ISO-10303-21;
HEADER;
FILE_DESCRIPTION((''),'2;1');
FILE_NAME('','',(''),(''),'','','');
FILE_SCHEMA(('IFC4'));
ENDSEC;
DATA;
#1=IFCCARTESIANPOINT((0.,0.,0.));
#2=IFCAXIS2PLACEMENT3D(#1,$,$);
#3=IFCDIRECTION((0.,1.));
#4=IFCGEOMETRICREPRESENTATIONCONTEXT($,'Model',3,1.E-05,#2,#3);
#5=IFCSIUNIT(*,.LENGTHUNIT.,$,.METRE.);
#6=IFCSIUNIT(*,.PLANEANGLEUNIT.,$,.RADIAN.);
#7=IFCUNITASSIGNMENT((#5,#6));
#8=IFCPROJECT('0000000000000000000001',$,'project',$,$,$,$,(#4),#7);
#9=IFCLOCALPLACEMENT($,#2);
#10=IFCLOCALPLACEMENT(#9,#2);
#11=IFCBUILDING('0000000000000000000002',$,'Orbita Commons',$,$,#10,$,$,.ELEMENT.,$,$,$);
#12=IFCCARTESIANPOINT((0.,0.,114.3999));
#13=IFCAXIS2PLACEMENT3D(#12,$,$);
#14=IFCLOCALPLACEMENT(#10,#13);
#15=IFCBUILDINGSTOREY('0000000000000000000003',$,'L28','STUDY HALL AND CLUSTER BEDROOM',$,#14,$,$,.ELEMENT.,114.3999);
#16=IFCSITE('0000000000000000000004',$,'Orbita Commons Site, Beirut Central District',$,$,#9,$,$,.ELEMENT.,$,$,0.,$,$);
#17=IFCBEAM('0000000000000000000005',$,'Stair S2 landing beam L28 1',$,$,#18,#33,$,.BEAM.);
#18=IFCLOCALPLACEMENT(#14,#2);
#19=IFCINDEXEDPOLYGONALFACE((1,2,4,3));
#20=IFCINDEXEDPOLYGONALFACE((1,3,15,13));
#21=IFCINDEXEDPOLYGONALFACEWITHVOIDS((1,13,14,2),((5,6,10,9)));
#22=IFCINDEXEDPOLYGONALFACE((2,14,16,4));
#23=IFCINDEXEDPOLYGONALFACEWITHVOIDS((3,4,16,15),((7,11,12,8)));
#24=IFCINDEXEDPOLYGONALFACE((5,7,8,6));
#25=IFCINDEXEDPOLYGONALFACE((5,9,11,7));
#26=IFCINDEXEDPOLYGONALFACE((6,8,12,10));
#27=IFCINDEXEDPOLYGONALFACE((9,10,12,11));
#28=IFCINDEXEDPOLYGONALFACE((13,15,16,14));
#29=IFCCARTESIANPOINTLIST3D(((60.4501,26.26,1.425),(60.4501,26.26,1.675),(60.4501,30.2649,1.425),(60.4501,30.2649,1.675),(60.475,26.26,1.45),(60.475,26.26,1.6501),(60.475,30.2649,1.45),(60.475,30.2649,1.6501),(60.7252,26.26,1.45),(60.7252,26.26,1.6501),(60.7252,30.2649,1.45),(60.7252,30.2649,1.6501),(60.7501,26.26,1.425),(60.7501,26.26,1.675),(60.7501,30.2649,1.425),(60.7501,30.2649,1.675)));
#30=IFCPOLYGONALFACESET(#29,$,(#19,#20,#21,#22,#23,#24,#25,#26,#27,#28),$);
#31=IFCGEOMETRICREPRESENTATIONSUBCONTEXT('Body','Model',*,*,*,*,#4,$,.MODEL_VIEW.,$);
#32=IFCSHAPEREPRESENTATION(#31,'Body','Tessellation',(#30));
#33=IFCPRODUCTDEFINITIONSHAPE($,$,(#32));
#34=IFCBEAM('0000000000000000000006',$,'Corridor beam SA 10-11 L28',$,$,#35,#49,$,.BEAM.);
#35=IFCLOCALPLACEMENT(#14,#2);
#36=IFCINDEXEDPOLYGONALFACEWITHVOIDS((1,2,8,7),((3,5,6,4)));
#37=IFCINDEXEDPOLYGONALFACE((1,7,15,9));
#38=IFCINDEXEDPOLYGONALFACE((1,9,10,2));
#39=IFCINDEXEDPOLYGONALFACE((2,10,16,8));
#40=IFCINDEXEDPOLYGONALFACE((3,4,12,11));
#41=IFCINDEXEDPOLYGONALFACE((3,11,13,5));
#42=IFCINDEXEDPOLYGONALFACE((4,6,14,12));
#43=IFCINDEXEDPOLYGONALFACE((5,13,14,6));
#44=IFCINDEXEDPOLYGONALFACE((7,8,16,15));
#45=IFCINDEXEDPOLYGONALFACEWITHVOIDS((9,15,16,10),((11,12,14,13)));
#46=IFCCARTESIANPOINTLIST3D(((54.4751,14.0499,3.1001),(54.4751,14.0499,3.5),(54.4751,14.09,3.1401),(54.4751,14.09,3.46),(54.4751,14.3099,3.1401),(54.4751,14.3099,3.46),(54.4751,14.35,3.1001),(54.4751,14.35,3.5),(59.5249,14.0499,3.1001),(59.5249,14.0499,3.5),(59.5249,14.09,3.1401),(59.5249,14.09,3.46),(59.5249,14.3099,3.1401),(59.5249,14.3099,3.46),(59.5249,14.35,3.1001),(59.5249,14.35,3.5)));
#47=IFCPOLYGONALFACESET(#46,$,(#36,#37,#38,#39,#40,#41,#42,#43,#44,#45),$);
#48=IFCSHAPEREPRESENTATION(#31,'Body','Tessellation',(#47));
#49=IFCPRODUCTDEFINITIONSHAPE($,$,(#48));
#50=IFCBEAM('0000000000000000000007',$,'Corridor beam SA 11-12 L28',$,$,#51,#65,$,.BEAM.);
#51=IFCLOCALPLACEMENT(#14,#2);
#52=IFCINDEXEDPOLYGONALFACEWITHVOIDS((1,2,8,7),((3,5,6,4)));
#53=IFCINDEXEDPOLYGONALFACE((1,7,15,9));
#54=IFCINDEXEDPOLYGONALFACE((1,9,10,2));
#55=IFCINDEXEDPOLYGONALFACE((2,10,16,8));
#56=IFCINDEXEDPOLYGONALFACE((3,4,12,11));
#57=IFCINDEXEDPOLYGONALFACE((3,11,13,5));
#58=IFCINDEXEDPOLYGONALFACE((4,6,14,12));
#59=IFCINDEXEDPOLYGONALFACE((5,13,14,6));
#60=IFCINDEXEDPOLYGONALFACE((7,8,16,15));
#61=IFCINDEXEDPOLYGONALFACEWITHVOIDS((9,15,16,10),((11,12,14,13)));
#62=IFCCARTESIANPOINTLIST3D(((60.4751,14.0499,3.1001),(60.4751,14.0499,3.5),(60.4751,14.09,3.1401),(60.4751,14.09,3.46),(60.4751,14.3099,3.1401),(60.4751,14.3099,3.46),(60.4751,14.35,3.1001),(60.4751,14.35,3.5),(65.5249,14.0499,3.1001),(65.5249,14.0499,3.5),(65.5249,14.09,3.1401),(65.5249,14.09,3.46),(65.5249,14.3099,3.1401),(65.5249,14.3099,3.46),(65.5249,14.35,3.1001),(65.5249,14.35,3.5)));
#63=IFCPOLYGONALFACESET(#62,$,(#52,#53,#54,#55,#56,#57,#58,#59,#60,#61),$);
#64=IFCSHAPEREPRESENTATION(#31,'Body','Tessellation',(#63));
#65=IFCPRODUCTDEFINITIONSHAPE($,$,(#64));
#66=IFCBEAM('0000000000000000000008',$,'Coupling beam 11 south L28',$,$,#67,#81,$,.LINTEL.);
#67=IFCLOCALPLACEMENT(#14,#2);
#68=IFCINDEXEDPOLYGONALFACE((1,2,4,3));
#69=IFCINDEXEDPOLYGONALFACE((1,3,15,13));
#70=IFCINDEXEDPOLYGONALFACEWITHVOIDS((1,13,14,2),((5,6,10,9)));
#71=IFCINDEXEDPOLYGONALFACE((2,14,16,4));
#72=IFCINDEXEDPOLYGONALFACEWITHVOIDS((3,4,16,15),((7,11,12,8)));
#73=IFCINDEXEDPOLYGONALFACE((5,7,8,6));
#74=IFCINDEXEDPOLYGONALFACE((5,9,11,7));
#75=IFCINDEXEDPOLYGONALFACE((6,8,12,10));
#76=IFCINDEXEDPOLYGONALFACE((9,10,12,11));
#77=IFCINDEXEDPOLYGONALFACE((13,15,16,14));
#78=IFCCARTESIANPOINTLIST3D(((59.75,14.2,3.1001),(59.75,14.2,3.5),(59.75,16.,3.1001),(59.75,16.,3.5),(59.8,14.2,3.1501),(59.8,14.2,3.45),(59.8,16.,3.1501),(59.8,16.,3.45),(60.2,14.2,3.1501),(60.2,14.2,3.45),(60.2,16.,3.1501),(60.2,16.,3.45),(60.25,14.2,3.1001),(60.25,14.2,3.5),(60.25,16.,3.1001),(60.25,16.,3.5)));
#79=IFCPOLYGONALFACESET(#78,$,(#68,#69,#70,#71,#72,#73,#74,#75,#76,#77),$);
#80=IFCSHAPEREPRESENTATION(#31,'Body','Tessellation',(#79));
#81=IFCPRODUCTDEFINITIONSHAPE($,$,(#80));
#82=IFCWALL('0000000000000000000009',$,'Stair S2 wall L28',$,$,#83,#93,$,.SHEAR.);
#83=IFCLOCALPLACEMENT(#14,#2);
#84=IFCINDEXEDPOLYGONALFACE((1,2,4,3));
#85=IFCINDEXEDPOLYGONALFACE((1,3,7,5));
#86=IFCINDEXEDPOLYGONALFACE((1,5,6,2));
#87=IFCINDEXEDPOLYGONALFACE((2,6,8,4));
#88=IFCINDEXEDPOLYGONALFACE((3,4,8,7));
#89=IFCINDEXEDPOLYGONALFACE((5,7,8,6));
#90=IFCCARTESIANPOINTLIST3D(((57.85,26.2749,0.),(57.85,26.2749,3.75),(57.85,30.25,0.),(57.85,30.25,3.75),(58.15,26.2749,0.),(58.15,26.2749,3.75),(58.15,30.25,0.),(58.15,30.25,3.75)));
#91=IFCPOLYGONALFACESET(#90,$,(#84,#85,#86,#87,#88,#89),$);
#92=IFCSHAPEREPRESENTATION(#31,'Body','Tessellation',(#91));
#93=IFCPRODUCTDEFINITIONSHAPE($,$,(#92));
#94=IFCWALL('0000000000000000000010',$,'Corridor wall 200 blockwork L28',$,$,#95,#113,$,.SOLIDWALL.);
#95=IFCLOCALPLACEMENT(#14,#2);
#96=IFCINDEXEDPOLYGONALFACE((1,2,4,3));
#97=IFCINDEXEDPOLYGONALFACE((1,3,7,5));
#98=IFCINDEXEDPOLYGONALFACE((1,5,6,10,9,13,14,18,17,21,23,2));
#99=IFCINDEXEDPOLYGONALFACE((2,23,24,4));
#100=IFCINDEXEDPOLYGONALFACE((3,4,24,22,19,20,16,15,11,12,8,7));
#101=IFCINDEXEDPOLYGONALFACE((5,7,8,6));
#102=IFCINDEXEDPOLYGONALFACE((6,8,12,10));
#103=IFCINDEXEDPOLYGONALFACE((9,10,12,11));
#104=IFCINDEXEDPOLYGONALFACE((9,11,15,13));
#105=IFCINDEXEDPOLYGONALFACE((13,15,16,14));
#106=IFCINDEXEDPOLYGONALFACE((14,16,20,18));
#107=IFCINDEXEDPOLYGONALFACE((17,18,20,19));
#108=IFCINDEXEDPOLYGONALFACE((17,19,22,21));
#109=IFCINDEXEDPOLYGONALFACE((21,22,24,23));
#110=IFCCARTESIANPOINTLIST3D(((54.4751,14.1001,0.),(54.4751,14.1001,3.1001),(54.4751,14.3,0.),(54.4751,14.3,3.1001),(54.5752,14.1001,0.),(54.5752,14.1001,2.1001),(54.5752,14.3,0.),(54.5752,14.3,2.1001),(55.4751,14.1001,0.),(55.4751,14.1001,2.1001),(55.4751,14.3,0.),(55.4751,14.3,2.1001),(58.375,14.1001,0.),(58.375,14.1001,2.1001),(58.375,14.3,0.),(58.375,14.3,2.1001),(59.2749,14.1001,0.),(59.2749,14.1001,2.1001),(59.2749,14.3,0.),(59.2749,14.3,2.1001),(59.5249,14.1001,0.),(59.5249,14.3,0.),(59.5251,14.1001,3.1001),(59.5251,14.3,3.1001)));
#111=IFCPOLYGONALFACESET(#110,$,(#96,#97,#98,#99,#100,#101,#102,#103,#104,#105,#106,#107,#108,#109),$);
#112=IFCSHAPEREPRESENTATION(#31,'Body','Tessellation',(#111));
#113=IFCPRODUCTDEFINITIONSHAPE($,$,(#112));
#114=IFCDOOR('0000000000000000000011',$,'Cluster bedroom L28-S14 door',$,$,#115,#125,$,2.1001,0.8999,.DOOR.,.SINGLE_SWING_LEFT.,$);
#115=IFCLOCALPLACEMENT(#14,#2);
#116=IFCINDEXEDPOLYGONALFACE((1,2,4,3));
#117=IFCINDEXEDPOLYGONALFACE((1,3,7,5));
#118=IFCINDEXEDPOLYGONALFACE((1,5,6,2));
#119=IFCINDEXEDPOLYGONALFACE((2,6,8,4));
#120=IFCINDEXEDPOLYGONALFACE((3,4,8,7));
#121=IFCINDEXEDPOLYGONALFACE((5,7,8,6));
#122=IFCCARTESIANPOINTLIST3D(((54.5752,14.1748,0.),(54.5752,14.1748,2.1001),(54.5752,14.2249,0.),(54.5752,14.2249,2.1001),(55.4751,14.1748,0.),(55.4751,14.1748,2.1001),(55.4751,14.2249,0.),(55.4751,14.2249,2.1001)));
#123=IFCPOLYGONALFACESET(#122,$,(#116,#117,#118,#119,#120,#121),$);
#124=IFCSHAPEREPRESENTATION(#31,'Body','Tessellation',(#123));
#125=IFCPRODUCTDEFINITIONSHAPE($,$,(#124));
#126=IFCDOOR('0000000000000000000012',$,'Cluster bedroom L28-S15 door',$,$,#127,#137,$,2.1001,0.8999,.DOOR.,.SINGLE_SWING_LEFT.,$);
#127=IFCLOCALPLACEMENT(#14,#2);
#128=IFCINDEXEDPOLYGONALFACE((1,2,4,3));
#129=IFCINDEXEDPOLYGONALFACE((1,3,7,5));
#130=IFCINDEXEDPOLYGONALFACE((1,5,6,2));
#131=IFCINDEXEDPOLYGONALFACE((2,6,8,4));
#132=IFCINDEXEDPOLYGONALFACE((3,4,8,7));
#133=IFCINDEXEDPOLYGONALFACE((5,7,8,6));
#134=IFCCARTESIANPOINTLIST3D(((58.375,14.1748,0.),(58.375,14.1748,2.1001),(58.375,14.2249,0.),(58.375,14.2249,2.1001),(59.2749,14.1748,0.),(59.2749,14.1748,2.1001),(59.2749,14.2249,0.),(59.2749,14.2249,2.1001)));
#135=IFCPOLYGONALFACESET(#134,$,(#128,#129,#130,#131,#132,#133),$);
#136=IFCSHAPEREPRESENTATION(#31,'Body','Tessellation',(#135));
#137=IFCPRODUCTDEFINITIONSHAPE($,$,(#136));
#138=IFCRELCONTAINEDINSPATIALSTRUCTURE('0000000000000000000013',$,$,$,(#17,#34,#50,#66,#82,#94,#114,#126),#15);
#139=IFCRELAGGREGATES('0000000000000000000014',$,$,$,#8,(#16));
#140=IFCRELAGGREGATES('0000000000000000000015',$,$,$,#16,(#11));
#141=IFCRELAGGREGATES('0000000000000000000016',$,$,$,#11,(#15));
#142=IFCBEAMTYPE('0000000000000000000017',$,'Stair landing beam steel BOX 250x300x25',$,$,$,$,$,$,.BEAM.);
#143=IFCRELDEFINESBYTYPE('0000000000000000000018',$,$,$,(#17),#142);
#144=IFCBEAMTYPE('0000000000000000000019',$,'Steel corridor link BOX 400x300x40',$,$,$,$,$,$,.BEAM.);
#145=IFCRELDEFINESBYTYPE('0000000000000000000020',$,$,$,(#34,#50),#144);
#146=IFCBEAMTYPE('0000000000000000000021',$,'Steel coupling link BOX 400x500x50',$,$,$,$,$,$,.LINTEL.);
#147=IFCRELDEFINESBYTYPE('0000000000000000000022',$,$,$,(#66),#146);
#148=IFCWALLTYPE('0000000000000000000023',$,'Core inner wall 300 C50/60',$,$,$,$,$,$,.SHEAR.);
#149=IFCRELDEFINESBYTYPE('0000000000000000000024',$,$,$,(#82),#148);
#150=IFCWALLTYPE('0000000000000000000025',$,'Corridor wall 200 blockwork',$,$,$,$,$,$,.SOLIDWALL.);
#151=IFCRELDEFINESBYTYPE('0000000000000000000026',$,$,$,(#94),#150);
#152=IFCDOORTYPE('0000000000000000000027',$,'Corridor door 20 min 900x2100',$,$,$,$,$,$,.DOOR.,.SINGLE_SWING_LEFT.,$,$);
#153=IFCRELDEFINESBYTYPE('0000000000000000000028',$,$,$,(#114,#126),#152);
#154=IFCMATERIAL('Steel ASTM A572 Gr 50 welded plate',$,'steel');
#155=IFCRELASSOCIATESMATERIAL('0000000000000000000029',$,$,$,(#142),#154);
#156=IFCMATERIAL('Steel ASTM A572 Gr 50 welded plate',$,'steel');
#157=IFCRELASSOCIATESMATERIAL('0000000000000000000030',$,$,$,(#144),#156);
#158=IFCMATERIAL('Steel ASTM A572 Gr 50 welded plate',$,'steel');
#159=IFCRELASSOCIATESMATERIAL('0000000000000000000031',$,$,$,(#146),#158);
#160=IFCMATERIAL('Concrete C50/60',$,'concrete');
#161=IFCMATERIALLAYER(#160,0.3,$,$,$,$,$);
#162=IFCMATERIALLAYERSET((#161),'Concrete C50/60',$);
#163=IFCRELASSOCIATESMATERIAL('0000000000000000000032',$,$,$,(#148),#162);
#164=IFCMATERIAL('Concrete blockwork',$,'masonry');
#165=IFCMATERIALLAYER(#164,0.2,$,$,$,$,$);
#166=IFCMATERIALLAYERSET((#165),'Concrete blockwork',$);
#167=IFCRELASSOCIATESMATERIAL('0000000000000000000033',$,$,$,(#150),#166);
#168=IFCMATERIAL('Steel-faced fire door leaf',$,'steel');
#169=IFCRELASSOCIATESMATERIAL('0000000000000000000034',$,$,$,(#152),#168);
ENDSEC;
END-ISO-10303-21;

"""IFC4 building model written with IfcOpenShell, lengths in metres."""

from ifc_helpers import new_model, si_unit, direction, frame, frame_2d, origin, origin_2d, place, context, subcontext, project, spatial, polyline, rectangle, hollow_rectangle, outline, extrude, material, layer, layer_set, material_profile, profile_set, type_object, element, fill, save


model = new_model("IFC4")

# Units and contexts
model_context = context("Model", 3, precision=1e-05, world=origin(), true_north=direction((0.0, 1.0)))
body_context = subcontext(model_context, "Body", "Model", "MODEL_VIEW")
ifc_project = project(units=[si_unit("LENGTHUNIT", "METRE"), si_unit("PLANEANGLEUNIT", "RADIAN")], contexts=[model_context])

# Site, building, storey
site_placement = place(None, origin())
site = spatial("IfcSite", under=ifc_project, at=site_placement, Name="Orbita Commons Site, Beirut Central District", CompositionType="ELEMENT", RefElevation=0.0)
building_placement = place(site_placement, origin())
building = spatial("IfcBuilding", under=site, at=building_placement, Name="Orbita Commons", CompositionType="ELEMENT")
storey_placement = place(building_placement, frame((0.0, 0.0, 114.3999)))
storey = spatial("IfcBuildingStorey", under=building, at=storey_placement, Name="L28", Description="STUDY HALL AND CLUSTER BEDROOM", CompositionType="ELEMENT", Elevation=114.3999)

# Beams
ifc_material_1 = material(Name="Steel ASTM A572 Gr 50 welded plate", Category="steel")
ifc_material_profile_1 = material_profile(ifc_material_1, hollow_rectangle(XDim=0.3, YDim=0.25, WallThickness=0.0249, at=origin_2d()), Name="BOX 250x300x25")
ifc_profile_set_1 = profile_set([ifc_material_profile_1], Name="Steel ASTM A572 Gr 50 welded plate")
beam_type_1 = type_object("IfcBeamType", Name="Stair landing beam steel BOX 250x300x25", PredefinedType="BEAM", material=ifc_profile_set_1)
beam_1_placement = place(storey_placement, frame((60.6001, 26.26, 1.55), z_axis=(0.0, 1.0, 0.0), x_axis=(-1.0, 0.0, 0.0)))
element("IfcBeam", 1, at=beam_1_placement, inside=storey, type_object=beam_type_1, Name="Stair S2 landing beam L28 1", PredefinedType="BEAM", context=body_context, shape_type="SweptSolid", body=[
    extrude(hollow_rectangle(XDim=0.3, YDim=0.25, WallThickness=0.0249, at=origin_2d()), origin(), (0.0, 0.0, 1.0), 4.0049),
])
ifc_material_2 = material(Name="Steel ASTM A572 Gr 50 welded plate", Category="steel")
ifc_material_profile_2 = material_profile(ifc_material_2, hollow_rectangle(XDim=0.3, YDim=0.3999, WallThickness=0.04, at=origin_2d()), Name="BOX 400x300x40")
ifc_profile_set_2 = profile_set([ifc_material_profile_2], Name="Steel ASTM A572 Gr 50 welded plate")
beam_type_2 = type_object("IfcBeamType", Name="Steel corridor link BOX 400x300x40", PredefinedType="BEAM", material=ifc_profile_set_2)
for number, where, z_axis, x_axis, name in (
    (2, (54.4751, 14.2, 3.3), (1.0, 0.0, 0.0), (0.0, 1.0, 0.0), "Corridor beam SA 10-11 L28"),
    (3, (60.4751, 14.2, 3.3), (1.0, 0.0, 0.0), (0.0, 1.0, 0.0), "Corridor beam SA 11-12 L28"),
):
    element("IfcBeam", number, at=place(storey_placement, frame(where, z_axis=z_axis, x_axis=x_axis)), inside=storey, type_object=beam_type_2, Name=name, PredefinedType="BEAM", context=body_context, shape_type="SweptSolid", body=[
        extrude(hollow_rectangle(XDim=0.3, YDim=0.3999, WallThickness=0.04, at=origin_2d()), origin(), (0.0, 0.0, 1.0), 5.0498),
    ])
ifc_material_3 = material(Name="Steel ASTM A572 Gr 50 welded plate", Category="steel")
ifc_material_profile_3 = material_profile(ifc_material_3, hollow_rectangle(XDim=0.5, YDim=0.3999, WallThickness=0.05, at=origin_2d()), Name="BOX 400x500x50")
ifc_profile_set_3 = profile_set([ifc_material_profile_3], Name="Steel ASTM A572 Gr 50 welded plate")
beam_type_3 = type_object("IfcBeamType", Name="Steel coupling link BOX 400x500x50", PredefinedType="LINTEL", material=ifc_profile_set_3)
beam_2_placement = place(storey_placement, frame((60.0, 14.2, 3.3), z_axis=(0.0, 1.0, 0.0), x_axis=(-1.0, 0.0, 0.0)))
element("IfcBeam", 4, at=beam_2_placement, inside=storey, type_object=beam_type_3, Name="Coupling beam 11 south L28", PredefinedType="LINTEL", context=body_context, shape_type="SweptSolid", body=[
    extrude(hollow_rectangle(XDim=0.5, YDim=0.3999, WallThickness=0.05, at=origin_2d()), origin(), (0.0, 0.0, 1.0), 1.8),
])

# Wall
ifc_material_4 = material(Name="Concrete C50/60", Category="concrete")
ifc_layer_1 = layer(ifc_material_4, 0.3)
ifc_layer_set_1 = layer_set([ifc_layer_1], Name="Concrete C50/60")
wall_type_1 = type_object("IfcWallType", Name="Core inner wall 300 C50/60", PredefinedType="SHEAR", material=ifc_layer_set_1)
wall_1_placement = place(storey_placement, frame((58.0, 26.2749, 0.0), z_axis=(0.0, 0.0, 1.0), x_axis=(0.0, 1.0, 0.0)))
element("IfcWall", 5, at=wall_1_placement, inside=storey, type_object=wall_type_1, Name="Stair S2 wall L28", PredefinedType="SHEAR", context=body_context, shape_type="SweptSolid", body=[
    extrude(rectangle(XDim=3.9751, YDim=0.3, at=frame_2d((1.9875, 0.0))), origin(), (0.0, 0.0, 1.0), 3.75),
])

# Wall, openings, doors
ifc_material_5 = material(Name="Concrete blockwork", Category="masonry")
ifc_layer_2 = layer(ifc_material_5, 0.2)
ifc_layer_set_2 = layer_set([ifc_layer_2], Name="Concrete blockwork")
wall_type_2 = type_object("IfcWallType", Name="Corridor wall 200 blockwork", PredefinedType="SOLIDWALL", material=ifc_layer_set_2)
wall_2_placement = place(storey_placement, frame((54.4751, 14.2, 0.0), z_axis=(0.0, 0.0, 1.0), x_axis=(1.0, 0.0, 0.0)))
wall_2 = element("IfcWall", 6, at=wall_2_placement, inside=storey, type_object=wall_type_2, Name="Corridor wall 200 blockwork L28", PredefinedType="SOLIDWALL", context=body_context, shape_type="SweptSolid", body=[
    extrude(outline(polyline([(0.0, 0.0), (5.0498, 0.0), (5.05, 3.1001), (0.0, 3.1001), (0.0, 0.0)])), frame((0.0, 0.1001, 0.0), z_axis=(0.0, -1.0, 0.0), x_axis=(1.0, 0.0, 0.0)), (0.0, 0.0, 1.0), 0.2),
])
opening_1_placement = place(wall_2_placement, frame((0.1001, 0.0, 0.0)))
opening_1 = element("IfcOpeningElement", 7, at=opening_1_placement, cuts=wall_2, PredefinedType="OPENING", context=body_context, shape_type="SweptSolid", body=[
    extrude(rectangle(XDim=0.8999, YDim=2.1001, at=frame_2d((0.45, 1.05))), frame((0.0, 0.1099, 0.0), z_axis=(0.0, -1.0, 0.0), x_axis=(1.0, 0.0, 0.0)), (0.0, 0.0, 1.0), 0.22),
])
opening_2_placement = place(wall_2_placement, frame((3.8999, 0.0, 0.0)))
opening_2 = element("IfcOpeningElement", 8, at=opening_2_placement, cuts=wall_2, PredefinedType="OPENING", context=body_context, shape_type="SweptSolid", body=[
    extrude(rectangle(XDim=0.8999, YDim=2.1001, at=frame_2d((0.45, 1.05))), frame((0.0, 0.1099, 0.0), z_axis=(0.0, -1.0, 0.0), x_axis=(1.0, 0.0, 0.0)), (0.0, 0.0, 1.0), 0.22),
])
ifc_material_6 = material(Name="Steel-faced fire door leaf", Category="steel")
door_type_1 = type_object("IfcDoorType", Name="Corridor door 20 min 900x2100", OperationType="SINGLE_SWING_LEFT", PredefinedType="DOOR", material=ifc_material_6)
door_1_placement = place(opening_1_placement, origin())
door_1 = element("IfcDoor", 9, at=door_1_placement, inside=storey, type_object=door_type_1, Name="Cluster bedroom L28-S14 door", OperationType="SINGLE_SWING_LEFT", OverallHeight=2.1001, OverallWidth=0.8999, PredefinedType="DOOR", context=body_context, shape_type="SweptSolid", body=[
    extrude(rectangle(XDim=0.8999, YDim=2.1001, at=frame_2d((0.45, 1.05))), frame((0.0, 0.0249, 0.0), z_axis=(0.0, -1.0, 0.0), x_axis=(1.0, 0.0, 0.0)), (0.0, 0.0, 1.0), 0.05),
])
fill(opening_1, door_1)
door_2_placement = place(opening_2_placement, origin())
door_2 = element("IfcDoor", 10, at=door_2_placement, inside=storey, type_object=door_type_1, Name="Cluster bedroom L28-S15 door", OperationType="SINGLE_SWING_LEFT", OverallHeight=2.1001, OverallWidth=0.8999, PredefinedType="DOOR", context=body_context, shape_type="SweptSolid", body=[
    extrude(rectangle(XDim=0.8999, YDim=2.1001, at=frame_2d((0.45, 1.05))), frame((0.0, 0.0249, 0.0), z_axis=(0.0, -1.0, 0.0), x_axis=(1.0, 0.0, 0.0)), (0.0, 0.0, 1.0), 0.05),
])
fill(opening_2, door_2)

save(model, "model.ifc")
